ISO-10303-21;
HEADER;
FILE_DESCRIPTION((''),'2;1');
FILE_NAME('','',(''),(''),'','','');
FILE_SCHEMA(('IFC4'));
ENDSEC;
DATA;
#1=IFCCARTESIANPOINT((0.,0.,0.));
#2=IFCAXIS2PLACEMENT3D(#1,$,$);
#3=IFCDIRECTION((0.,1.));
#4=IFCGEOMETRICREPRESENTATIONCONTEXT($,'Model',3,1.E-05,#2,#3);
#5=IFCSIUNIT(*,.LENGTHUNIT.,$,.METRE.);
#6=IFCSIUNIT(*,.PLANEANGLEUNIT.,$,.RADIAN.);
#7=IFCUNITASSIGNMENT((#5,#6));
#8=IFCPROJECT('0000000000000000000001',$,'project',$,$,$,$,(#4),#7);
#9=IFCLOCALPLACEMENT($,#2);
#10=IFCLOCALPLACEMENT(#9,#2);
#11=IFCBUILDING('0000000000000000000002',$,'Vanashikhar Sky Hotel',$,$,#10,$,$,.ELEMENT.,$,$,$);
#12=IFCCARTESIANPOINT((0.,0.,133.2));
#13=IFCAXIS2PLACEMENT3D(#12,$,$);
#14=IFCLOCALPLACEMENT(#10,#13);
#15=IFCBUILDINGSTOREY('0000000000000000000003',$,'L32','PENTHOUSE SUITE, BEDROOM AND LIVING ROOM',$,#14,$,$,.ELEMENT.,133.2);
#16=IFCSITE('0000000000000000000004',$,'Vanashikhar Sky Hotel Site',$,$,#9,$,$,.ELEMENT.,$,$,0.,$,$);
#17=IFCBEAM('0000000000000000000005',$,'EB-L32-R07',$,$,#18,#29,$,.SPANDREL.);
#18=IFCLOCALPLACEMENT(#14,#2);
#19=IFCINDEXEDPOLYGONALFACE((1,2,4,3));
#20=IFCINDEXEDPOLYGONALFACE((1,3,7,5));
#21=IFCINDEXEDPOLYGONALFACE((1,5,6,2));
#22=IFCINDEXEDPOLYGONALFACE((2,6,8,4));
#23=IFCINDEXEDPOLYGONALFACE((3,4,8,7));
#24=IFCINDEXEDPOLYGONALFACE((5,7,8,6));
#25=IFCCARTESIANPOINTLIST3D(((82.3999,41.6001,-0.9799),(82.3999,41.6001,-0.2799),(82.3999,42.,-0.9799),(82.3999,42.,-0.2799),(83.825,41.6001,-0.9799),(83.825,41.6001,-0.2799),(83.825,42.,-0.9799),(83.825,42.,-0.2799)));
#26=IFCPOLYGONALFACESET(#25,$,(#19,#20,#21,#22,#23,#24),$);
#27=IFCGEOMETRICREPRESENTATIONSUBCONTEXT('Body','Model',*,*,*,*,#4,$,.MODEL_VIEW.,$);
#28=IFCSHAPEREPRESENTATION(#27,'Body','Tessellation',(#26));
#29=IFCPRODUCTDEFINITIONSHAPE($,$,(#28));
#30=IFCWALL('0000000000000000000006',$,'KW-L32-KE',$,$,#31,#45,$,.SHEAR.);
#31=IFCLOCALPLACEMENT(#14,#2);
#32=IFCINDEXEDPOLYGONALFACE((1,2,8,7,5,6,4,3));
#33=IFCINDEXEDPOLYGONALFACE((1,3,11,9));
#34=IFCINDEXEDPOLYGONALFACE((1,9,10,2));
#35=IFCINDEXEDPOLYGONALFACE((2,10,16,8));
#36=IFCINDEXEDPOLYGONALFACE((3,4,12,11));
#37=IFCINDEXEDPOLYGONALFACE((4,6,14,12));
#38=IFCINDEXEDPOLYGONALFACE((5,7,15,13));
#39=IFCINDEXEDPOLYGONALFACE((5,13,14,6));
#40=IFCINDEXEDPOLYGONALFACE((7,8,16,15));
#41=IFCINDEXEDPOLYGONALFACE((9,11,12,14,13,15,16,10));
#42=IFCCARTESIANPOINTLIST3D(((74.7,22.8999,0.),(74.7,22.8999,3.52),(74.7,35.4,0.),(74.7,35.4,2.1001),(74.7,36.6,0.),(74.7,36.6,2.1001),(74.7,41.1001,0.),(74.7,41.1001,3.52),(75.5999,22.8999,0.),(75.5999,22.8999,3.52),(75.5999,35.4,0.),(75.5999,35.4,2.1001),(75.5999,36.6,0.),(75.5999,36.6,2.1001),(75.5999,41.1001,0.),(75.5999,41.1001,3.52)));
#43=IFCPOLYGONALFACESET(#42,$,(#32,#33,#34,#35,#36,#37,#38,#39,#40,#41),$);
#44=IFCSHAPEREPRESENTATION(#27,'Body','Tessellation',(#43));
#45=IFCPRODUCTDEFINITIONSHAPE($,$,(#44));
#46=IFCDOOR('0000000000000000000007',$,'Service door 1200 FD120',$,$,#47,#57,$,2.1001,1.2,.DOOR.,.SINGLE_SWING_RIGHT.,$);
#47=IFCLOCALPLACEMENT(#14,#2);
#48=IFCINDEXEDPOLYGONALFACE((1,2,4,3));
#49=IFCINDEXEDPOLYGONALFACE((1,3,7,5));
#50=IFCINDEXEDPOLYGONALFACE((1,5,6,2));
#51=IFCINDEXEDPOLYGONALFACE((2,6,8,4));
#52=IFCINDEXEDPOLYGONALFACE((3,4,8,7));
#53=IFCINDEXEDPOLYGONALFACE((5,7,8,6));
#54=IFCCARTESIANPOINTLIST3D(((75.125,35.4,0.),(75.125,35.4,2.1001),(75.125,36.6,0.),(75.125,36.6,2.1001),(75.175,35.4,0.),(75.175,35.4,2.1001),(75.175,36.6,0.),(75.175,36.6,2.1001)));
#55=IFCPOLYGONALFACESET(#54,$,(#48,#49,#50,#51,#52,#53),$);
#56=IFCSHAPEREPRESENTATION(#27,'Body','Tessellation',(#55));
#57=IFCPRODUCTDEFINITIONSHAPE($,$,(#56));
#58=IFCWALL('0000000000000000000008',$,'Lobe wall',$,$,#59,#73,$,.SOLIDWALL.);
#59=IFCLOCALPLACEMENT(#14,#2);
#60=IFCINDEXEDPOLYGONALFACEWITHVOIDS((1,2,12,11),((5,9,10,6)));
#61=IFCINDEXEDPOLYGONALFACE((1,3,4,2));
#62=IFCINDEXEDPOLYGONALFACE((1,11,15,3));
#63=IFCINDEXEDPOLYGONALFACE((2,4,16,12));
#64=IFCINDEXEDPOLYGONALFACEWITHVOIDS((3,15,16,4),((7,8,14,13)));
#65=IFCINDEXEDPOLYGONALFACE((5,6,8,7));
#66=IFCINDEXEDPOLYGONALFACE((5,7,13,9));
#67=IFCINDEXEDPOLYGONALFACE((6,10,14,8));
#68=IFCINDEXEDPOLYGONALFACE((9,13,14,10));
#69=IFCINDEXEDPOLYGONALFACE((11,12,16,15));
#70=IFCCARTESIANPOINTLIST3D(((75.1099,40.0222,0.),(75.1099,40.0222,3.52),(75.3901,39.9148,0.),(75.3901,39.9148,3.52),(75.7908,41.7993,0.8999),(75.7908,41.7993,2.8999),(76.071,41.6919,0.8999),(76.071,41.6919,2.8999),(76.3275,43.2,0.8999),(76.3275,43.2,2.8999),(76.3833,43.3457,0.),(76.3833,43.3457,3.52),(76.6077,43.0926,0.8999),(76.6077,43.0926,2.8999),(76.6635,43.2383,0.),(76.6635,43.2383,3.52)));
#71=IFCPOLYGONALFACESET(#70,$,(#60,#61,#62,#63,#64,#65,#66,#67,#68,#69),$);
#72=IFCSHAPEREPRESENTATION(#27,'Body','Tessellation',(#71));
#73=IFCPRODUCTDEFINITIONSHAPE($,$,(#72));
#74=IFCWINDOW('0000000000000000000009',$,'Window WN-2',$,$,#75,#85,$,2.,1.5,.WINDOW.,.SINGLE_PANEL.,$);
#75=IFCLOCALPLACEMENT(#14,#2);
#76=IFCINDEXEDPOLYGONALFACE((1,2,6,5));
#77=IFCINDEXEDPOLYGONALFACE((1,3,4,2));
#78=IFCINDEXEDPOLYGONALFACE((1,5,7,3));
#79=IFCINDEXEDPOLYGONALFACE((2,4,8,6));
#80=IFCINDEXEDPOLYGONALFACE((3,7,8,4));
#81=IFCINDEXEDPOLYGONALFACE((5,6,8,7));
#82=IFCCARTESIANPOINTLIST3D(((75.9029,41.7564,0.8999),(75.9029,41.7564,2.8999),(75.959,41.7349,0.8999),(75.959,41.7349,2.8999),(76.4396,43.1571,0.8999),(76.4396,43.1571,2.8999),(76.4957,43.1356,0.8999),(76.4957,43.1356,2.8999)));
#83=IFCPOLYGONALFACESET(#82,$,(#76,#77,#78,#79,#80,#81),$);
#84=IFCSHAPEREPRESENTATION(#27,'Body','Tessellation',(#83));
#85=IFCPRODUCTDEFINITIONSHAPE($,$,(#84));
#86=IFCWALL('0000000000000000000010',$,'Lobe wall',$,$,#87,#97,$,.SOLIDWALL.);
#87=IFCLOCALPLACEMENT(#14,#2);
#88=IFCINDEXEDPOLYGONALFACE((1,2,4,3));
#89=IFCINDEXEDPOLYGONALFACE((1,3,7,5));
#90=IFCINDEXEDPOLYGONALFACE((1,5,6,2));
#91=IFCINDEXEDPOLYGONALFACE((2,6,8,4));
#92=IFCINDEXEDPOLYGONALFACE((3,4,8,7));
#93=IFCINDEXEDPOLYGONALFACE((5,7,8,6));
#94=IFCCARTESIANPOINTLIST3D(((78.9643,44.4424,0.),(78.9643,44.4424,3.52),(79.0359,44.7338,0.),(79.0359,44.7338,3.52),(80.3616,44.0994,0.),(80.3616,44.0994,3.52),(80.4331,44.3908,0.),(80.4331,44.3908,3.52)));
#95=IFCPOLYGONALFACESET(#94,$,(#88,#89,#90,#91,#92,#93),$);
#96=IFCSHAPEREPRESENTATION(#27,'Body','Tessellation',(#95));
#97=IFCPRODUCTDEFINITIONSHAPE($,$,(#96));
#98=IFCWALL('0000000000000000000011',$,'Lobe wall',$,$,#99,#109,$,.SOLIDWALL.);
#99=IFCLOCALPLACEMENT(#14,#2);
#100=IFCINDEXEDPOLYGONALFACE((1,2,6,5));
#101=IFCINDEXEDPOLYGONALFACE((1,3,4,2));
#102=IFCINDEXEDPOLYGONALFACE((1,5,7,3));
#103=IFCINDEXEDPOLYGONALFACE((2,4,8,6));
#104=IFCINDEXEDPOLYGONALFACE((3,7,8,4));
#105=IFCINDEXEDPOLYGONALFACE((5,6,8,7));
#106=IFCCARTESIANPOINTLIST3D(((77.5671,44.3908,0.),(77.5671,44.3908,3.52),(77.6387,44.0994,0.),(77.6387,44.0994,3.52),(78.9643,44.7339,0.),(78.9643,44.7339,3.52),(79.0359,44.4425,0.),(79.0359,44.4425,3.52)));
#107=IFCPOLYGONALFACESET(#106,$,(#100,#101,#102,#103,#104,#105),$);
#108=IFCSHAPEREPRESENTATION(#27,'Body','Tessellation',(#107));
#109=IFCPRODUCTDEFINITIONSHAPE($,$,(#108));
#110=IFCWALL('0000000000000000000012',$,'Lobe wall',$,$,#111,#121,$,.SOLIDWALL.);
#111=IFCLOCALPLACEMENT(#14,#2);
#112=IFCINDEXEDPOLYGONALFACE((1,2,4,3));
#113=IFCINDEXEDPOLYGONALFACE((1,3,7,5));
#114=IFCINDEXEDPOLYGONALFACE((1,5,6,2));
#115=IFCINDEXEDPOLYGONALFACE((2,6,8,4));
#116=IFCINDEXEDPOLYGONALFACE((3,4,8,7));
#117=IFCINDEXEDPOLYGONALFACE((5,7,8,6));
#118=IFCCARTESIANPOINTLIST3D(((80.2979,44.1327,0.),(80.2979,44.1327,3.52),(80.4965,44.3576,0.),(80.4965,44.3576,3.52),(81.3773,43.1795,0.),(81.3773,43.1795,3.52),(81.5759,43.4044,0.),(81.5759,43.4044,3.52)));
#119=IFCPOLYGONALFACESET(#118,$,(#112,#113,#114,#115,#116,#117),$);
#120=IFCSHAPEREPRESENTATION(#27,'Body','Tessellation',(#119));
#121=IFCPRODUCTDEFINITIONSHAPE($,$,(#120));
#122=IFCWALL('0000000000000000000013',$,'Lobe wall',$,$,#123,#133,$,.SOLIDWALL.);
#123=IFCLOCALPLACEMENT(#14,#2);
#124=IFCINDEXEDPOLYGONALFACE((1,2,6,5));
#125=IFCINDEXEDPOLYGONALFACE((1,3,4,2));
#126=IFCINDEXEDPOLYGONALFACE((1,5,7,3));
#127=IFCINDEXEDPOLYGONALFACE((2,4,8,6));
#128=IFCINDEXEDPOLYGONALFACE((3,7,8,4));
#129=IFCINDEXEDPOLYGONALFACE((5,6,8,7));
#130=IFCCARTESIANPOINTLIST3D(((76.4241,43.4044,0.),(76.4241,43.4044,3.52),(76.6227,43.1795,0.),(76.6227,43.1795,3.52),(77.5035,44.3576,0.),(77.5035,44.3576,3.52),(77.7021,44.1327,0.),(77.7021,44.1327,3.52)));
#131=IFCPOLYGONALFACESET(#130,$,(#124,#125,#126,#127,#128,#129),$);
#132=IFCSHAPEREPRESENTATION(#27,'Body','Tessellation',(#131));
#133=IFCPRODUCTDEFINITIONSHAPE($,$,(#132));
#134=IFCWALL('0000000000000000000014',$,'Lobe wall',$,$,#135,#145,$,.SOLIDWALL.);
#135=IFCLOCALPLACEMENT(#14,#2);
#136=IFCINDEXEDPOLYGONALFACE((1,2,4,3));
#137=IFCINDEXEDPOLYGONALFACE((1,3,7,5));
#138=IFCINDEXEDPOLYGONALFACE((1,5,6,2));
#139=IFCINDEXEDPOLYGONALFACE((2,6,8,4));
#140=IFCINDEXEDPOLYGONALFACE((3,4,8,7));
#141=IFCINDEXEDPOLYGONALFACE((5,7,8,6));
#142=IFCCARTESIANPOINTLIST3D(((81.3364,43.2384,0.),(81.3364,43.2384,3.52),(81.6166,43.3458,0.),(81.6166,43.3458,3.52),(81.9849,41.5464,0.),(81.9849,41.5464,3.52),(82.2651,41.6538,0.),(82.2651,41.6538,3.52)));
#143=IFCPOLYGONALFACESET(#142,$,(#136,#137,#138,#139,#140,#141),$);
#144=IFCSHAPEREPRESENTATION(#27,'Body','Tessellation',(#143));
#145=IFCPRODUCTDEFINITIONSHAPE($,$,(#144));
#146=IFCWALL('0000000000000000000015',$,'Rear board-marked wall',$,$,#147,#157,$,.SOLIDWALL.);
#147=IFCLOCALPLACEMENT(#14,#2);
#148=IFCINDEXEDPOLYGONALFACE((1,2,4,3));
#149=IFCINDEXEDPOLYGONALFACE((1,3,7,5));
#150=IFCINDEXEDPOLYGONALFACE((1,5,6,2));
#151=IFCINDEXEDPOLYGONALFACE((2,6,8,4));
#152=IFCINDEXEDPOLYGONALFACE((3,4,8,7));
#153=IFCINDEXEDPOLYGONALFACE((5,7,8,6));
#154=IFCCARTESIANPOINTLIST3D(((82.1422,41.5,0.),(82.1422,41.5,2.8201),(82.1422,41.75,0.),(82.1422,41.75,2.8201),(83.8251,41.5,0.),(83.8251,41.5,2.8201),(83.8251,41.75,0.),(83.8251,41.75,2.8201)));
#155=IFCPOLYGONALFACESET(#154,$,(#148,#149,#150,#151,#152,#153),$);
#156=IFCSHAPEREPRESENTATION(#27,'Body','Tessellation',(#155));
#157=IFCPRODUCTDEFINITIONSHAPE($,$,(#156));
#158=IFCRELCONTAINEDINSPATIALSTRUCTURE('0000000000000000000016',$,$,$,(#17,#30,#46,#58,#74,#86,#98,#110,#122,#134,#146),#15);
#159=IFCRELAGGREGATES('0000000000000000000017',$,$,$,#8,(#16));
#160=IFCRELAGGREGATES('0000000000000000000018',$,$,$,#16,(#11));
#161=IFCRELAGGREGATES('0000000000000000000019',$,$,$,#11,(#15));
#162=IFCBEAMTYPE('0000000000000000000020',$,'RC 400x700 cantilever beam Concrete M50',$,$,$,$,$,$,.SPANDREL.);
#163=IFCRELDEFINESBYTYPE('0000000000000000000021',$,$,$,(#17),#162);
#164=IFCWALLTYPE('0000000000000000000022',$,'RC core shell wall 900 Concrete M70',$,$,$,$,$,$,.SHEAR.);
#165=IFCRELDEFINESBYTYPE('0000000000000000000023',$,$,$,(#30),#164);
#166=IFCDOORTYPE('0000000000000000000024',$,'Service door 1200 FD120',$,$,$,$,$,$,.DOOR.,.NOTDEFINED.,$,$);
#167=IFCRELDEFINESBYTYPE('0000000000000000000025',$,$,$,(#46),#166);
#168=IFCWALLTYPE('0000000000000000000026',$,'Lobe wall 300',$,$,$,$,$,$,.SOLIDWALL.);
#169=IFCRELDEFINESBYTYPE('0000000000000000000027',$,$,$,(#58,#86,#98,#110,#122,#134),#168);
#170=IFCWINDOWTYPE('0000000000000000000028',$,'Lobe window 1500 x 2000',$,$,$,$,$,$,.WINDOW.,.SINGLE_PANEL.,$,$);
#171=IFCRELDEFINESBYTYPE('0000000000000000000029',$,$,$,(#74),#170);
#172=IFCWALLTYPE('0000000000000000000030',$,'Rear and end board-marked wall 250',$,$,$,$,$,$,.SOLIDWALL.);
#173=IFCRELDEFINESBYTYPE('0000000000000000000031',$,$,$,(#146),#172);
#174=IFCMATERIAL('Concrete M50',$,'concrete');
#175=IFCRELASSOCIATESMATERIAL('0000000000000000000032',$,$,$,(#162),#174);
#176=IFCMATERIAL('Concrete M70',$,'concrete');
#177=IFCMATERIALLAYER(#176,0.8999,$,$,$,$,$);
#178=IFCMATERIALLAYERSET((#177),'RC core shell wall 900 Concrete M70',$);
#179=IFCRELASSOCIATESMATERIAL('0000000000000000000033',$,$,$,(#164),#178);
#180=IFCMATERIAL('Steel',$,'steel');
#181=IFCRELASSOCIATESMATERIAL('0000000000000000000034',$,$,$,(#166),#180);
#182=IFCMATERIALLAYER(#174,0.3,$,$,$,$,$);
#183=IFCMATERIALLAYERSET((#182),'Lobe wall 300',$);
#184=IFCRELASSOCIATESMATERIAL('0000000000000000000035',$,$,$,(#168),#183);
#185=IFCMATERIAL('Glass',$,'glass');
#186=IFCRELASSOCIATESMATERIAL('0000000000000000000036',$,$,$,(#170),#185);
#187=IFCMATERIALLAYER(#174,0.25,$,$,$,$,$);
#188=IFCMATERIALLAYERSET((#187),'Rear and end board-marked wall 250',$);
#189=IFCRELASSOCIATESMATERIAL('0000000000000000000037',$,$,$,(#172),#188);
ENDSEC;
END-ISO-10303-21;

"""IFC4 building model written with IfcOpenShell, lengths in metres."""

from ifc_helpers import new_model, si_unit, direction, frame, frame_2d, origin, origin_2d, place, context, subcontext, project, spatial, rectangle, extrude, source, transform, mapped, material, layer, layer_set, material_profile, profile_set, type_object, element, fill, save


model = new_model("IFC4")

# Units and contexts
model_context = context("Model", 3, precision=1e-05, world=origin(), true_north=direction((0.0, 1.0)))
body_context = subcontext(model_context, "Body", "Model", "MODEL_VIEW")
ifc_project = project(units=[si_unit("LENGTHUNIT", "METRE"), si_unit("PLANEANGLEUNIT", "RADIAN")], contexts=[model_context])

# Site, building, storey
site_placement = place(None, origin())
site = spatial("IfcSite", under=ifc_project, at=site_placement, Name="Vanashikhar Sky Hotel Site", CompositionType="ELEMENT", RefElevation=0.0)
building_placement = place(site_placement, origin())
building = spatial("IfcBuilding", under=site, at=building_placement, Name="Vanashikhar Sky Hotel", CompositionType="ELEMENT")
storey_placement = place(building_placement, frame((0.0, 0.0, 133.2)))
storey = spatial("IfcBuildingStorey", under=building, at=storey_placement, Name="L32", Description="PENTHOUSE SUITE, BEDROOM AND LIVING ROOM", CompositionType="ELEMENT", Elevation=133.2)

# Beam
ifc_material_1 = material(Name="Concrete M50", Category="concrete")
ifc_material_profile_1 = material_profile(ifc_material_1, rectangle(XDim=0.3999, YDim=0.7, at=origin_2d()))
ifc_profile_set_1 = profile_set([ifc_material_profile_1], Name="RC 400x700 cantilever beam Concrete M50")
beam_type = type_object("IfcBeamType", Name="RC 400x700 cantilever beam Concrete M50", PredefinedType="SPANDREL", material=ifc_profile_set_1)
shared_shape_1 = source(origin(), body_context, "Body", "SweptSolid", [
    extrude(rectangle(XDim=0.3999, YDim=0.7, at=origin_2d()), origin(), (0.0, 0.0, 1.0), 1.425),
])
beam_placement = place(storey_placement, frame((82.3999, 41.8, -0.6299), z_axis=(1.0, 0.0, 0.0), x_axis=(0.0, 1.0, 0.0)))
element("IfcBeam", 1, at=beam_placement, inside=storey, type_object=beam_type, Name="EB-L32-R07", PredefinedType="SPANDREL", context=body_context, shape_type="MappedRepresentation", body=[
    mapped(shared_shape_1, transform((0.0, 0.0, 0.0), scale=1.0)),
])

# Wall, opening, door
ifc_material_2 = material(Name="Concrete M70", Category="concrete")
ifc_layer_1 = layer(ifc_material_2, 0.8999)
ifc_layer_set_1 = layer_set([ifc_layer_1], Name="RC core shell wall 900 Concrete M70")
wall_type_1 = type_object("IfcWallType", Name="RC core shell wall 900 Concrete M70", PredefinedType="SHEAR", material=ifc_layer_set_1)
shared_shape_2 = source(origin(), body_context, "Body", "SweptSolid", [
    extrude(rectangle(XDim=18.2002, YDim=0.8999, at=frame_2d((9.1001, 0.0))), origin(), (0.0, 0.0, 1.0), 3.52),
])
wall_1_placement = place(storey_placement, frame((75.1499, 22.8999, 0.0), z_axis=(0.0, 0.0, 1.0), x_axis=(0.0, 1.0, 0.0)))
wall_1 = element("IfcWall", 2, at=wall_1_placement, inside=storey, type_object=wall_type_1, Name="KW-L32-KE", PredefinedType="SHEAR", context=body_context, shape_type="MappedRepresentation", body=[
    mapped(shared_shape_2, transform((0.0, 0.0, 0.0), scale=1.0)),
])
shared_shape_3 = source(origin(), body_context, "Body", "SweptSolid", [
    extrude(rectangle(XDim=1.2, YDim=2.1001, at=frame_2d((0.6001, 1.05))), frame((0.0, 0.46, 0.0), z_axis=(0.0, -1.0, 0.0), x_axis=(1.0, 0.0, 0.0)), (0.0, 0.0, 1.0), 0.9199),
])
opening_1_placement = place(wall_1_placement, frame((12.5, 0.0, 0.0)))
opening_1 = element("IfcOpeningElement", 3, at=opening_1_placement, cuts=wall_1, PredefinedType="OPENING", context=body_context, shape_type="MappedRepresentation", body=[
    mapped(shared_shape_3, transform((0.0, 0.0, 0.0), scale=1.0)),
])
ifc_material_3 = material(Name="Steel", Category="steel")
door_type_1 = type_object("IfcDoorType", Name="Service door 1200 FD120", OperationType="NOTDEFINED", PredefinedType="DOOR", material=ifc_material_3)
shared_shape_4 = source(origin(), body_context, "Body", "SweptSolid", [
    extrude(rectangle(XDim=1.2, YDim=2.1001, at=frame_2d((0.6001, 1.05))), frame((0.0, 0.0249, 0.0), z_axis=(0.0, -1.0, 0.0), x_axis=(1.0, 0.0, 0.0)), (0.0, 0.0, 1.0), 0.05),
])
door_1_placement = place(opening_1_placement, origin())
door_1 = element("IfcDoor", 4, at=door_1_placement, inside=storey, type_object=door_type_1, Name="Service door 1200 FD120", OperationType="SINGLE_SWING_RIGHT", OverallHeight=2.1001, OverallWidth=1.2, PredefinedType="DOOR", context=body_context, shape_type="MappedRepresentation", body=[
    mapped(shared_shape_4, transform((0.0, 0.0, 0.0), scale=1.0)),
])
fill(opening_1, door_1)

# Wall, opening, window
ifc_layer_2 = layer(ifc_material_1, 0.3)
ifc_layer_set_2 = layer_set([ifc_layer_2], Name="Lobe wall 300")
wall_type_2 = type_object("IfcWallType", Name="Lobe wall 300", PredefinedType="SOLIDWALL", material=ifc_layer_set_2)
shared_shape_5 = source(origin(), body_context, "Body", "SweptSolid", [
    extrude(rectangle(XDim=3.5591, YDim=0.3, at=frame_2d((1.7795, 0.0))), origin(), (0.0, 0.0, 1.0), 3.52),
])
wall_2_placement = place(storey_placement, frame((76.5234, 43.292, 0.0), z_axis=(0.0, 0.0, 1.0), x_axis=(-0.357797, -0.933799, 0.0)))
wall_2 = element("IfcWall", 5, at=wall_2_placement, inside=storey, type_object=wall_type_2, Name="Lobe wall", PredefinedType="SOLIDWALL", context=body_context, shape_type="MappedRepresentation", body=[
    mapped(shared_shape_5, transform((0.0, 0.0, 0.0), scale=1.0)),
])
shared_shape_6 = source(origin(), body_context, "Body", "SweptSolid", [
    extrude(rectangle(XDim=1.5, YDim=2.0, at=frame_2d((0.75, 1.0))), frame((0.0, 0.1602, 0.0), z_axis=(0.0, -1.0, 0.0), x_axis=(1.0, 0.0, 0.0)), (0.0, 0.0, 1.0), 0.3201),
])
opening_2_placement = place(wall_2_placement, frame((0.156, 0.0, 0.8999)))
opening_2 = element("IfcOpeningElement", 6, at=opening_2_placement, cuts=wall_2, PredefinedType="OPENING", context=body_context, shape_type="MappedRepresentation", body=[
    mapped(shared_shape_6, transform((0.0, 0.0, 0.0), scale=1.0)),
])
ifc_material_4 = material(Name="Glass", Category="glass")
window_type = type_object("IfcWindowType", Name="Lobe window 1500 x 2000", PartitioningType="SINGLE_PANEL", PredefinedType="WINDOW", material=ifc_material_4)
shared_shape_7 = source(origin(), body_context, "Body", "SweptSolid", [
    extrude(rectangle(XDim=1.5, YDim=2.0, at=frame_2d((0.75, 1.0))), frame((0.0, 0.03, 0.0), z_axis=(0.0, -1.0, 0.0), x_axis=(1.0, 0.0, 0.0)), (0.0, 0.0, 1.0), 0.0601),
])
window_placement = place(opening_2_placement, origin())
window = element("IfcWindow", 7, at=window_placement, inside=storey, type_object=window_type, Name="Window WN-2", OverallHeight=2.0, OverallWidth=1.5, PartitioningType="SINGLE_PANEL", PredefinedType="WINDOW", context=body_context, shape_type="MappedRepresentation", body=[
    mapped(shared_shape_7, transform((0.0, 0.0, 0.0), scale=1.0)),
])
fill(opening_2, window)

# Walls
shared_shape_8 = source(origin(), body_context, "Body", "SweptSolid", [
    extrude(rectangle(XDim=1.4387, YDim=0.3, at=frame_2d((0.7192, 0.0))), origin(), (0.0, 0.0, 1.0), 3.52),
])
for number, where, z_axis, x_axis, name in (
    (8, (80.3972, 44.2451, 0.0), (0.0, 0.0, 1.0), (-0.971162, 0.238421, 0.0), "Lobe wall"),
    (9, (79.0, 44.5881, 0.0), (0.0, 0.0, 1.0), (-0.971162, -0.238421, 0.0), "Lobe wall"),
):
    element("IfcWall", number, at=place(storey_placement, frame(where, z_axis=z_axis, x_axis=x_axis)), inside=storey, type_object=wall_type_2, Name=name, PredefinedType="SOLIDWALL", context=body_context, shape_type="MappedRepresentation", body=[
        mapped(shared_shape_8, transform((0.0, 0.0, 0.0), scale=1.0)),
    ])
shared_shape_9 = source(origin(), body_context, "Body", "SweptSolid", [
    extrude(rectangle(XDim=1.4399, YDim=0.3, at=frame_2d((0.72, 0.0))), origin(), (0.0, 0.0, 1.0), 3.52),
])
for number, where, z_axis, x_axis, name in (
    (10, (81.4766, 43.292, 0.0), (0.0, 0.0, 1.0), (-0.749576, 0.661919, 0.0), "Lobe wall"),
    (11, (77.6028, 44.2451, 0.0), (0.0, 0.0, 1.0), (-0.749576, -0.661919, 0.0), "Lobe wall"),
):
    element("IfcWall", number, at=place(storey_placement, frame(where, z_axis=z_axis, x_axis=x_axis)), inside=storey, type_object=wall_type_2, Name=name, PredefinedType="SOLIDWALL", context=body_context, shape_type="MappedRepresentation", body=[
        mapped(shared_shape_9, transform((0.0, 0.0, 0.0), scale=1.0)),
    ])
shared_shape_10 = source(origin(), body_context, "Body", "SweptSolid", [
    extrude(rectangle(XDim=1.812, YDim=0.3, at=frame_2d((0.906, 0.0))), origin(), (0.0, 0.0, 1.0), 3.52),
])
wall_3_placement = place(storey_placement, frame((82.125, 41.6001, 0.0), z_axis=(0.0, 0.0, 1.0), x_axis=(-0.357877, 0.933769, 0.0)))
element("IfcWall", 12, at=wall_3_placement, inside=storey, type_object=wall_type_2, Name="Lobe wall", PredefinedType="SOLIDWALL", context=body_context, shape_type="MappedRepresentation", body=[
    mapped(shared_shape_10, transform((0.0, 0.0, 0.0), scale=1.0)),
])
ifc_layer_3 = layer(ifc_material_1, 0.25)
ifc_layer_set_3 = layer_set([ifc_layer_3], Name="Rear and end board-marked wall 250")
wall_type_3 = type_object("IfcWallType", Name="Rear and end board-marked wall 250", PredefinedType="SOLIDWALL", material=ifc_layer_set_3)
shared_shape_11 = source(origin(), body_context, "Body", "SweptSolid", [
    extrude(rectangle(XDim=1.6829, YDim=0.25, at=frame_2d((0.8413, 0.0))), origin(), (0.0, 0.0, 1.0), 2.8201),
])
wall_4_placement = place(storey_placement, frame((83.825, 41.625, 0.0), z_axis=(0.0, 0.0, 1.0), x_axis=(-1.0, 0.0, 0.0)))
element("IfcWall", 13, at=wall_4_placement, inside=storey, type_object=wall_type_3, Name="Rear board-marked wall", PredefinedType="SOLIDWALL", context=body_context, shape_type="MappedRepresentation", body=[
    mapped(shared_shape_11, transform((0.0, 0.0, 0.0), scale=1.0)),
])

save(model, "model.ifc")
